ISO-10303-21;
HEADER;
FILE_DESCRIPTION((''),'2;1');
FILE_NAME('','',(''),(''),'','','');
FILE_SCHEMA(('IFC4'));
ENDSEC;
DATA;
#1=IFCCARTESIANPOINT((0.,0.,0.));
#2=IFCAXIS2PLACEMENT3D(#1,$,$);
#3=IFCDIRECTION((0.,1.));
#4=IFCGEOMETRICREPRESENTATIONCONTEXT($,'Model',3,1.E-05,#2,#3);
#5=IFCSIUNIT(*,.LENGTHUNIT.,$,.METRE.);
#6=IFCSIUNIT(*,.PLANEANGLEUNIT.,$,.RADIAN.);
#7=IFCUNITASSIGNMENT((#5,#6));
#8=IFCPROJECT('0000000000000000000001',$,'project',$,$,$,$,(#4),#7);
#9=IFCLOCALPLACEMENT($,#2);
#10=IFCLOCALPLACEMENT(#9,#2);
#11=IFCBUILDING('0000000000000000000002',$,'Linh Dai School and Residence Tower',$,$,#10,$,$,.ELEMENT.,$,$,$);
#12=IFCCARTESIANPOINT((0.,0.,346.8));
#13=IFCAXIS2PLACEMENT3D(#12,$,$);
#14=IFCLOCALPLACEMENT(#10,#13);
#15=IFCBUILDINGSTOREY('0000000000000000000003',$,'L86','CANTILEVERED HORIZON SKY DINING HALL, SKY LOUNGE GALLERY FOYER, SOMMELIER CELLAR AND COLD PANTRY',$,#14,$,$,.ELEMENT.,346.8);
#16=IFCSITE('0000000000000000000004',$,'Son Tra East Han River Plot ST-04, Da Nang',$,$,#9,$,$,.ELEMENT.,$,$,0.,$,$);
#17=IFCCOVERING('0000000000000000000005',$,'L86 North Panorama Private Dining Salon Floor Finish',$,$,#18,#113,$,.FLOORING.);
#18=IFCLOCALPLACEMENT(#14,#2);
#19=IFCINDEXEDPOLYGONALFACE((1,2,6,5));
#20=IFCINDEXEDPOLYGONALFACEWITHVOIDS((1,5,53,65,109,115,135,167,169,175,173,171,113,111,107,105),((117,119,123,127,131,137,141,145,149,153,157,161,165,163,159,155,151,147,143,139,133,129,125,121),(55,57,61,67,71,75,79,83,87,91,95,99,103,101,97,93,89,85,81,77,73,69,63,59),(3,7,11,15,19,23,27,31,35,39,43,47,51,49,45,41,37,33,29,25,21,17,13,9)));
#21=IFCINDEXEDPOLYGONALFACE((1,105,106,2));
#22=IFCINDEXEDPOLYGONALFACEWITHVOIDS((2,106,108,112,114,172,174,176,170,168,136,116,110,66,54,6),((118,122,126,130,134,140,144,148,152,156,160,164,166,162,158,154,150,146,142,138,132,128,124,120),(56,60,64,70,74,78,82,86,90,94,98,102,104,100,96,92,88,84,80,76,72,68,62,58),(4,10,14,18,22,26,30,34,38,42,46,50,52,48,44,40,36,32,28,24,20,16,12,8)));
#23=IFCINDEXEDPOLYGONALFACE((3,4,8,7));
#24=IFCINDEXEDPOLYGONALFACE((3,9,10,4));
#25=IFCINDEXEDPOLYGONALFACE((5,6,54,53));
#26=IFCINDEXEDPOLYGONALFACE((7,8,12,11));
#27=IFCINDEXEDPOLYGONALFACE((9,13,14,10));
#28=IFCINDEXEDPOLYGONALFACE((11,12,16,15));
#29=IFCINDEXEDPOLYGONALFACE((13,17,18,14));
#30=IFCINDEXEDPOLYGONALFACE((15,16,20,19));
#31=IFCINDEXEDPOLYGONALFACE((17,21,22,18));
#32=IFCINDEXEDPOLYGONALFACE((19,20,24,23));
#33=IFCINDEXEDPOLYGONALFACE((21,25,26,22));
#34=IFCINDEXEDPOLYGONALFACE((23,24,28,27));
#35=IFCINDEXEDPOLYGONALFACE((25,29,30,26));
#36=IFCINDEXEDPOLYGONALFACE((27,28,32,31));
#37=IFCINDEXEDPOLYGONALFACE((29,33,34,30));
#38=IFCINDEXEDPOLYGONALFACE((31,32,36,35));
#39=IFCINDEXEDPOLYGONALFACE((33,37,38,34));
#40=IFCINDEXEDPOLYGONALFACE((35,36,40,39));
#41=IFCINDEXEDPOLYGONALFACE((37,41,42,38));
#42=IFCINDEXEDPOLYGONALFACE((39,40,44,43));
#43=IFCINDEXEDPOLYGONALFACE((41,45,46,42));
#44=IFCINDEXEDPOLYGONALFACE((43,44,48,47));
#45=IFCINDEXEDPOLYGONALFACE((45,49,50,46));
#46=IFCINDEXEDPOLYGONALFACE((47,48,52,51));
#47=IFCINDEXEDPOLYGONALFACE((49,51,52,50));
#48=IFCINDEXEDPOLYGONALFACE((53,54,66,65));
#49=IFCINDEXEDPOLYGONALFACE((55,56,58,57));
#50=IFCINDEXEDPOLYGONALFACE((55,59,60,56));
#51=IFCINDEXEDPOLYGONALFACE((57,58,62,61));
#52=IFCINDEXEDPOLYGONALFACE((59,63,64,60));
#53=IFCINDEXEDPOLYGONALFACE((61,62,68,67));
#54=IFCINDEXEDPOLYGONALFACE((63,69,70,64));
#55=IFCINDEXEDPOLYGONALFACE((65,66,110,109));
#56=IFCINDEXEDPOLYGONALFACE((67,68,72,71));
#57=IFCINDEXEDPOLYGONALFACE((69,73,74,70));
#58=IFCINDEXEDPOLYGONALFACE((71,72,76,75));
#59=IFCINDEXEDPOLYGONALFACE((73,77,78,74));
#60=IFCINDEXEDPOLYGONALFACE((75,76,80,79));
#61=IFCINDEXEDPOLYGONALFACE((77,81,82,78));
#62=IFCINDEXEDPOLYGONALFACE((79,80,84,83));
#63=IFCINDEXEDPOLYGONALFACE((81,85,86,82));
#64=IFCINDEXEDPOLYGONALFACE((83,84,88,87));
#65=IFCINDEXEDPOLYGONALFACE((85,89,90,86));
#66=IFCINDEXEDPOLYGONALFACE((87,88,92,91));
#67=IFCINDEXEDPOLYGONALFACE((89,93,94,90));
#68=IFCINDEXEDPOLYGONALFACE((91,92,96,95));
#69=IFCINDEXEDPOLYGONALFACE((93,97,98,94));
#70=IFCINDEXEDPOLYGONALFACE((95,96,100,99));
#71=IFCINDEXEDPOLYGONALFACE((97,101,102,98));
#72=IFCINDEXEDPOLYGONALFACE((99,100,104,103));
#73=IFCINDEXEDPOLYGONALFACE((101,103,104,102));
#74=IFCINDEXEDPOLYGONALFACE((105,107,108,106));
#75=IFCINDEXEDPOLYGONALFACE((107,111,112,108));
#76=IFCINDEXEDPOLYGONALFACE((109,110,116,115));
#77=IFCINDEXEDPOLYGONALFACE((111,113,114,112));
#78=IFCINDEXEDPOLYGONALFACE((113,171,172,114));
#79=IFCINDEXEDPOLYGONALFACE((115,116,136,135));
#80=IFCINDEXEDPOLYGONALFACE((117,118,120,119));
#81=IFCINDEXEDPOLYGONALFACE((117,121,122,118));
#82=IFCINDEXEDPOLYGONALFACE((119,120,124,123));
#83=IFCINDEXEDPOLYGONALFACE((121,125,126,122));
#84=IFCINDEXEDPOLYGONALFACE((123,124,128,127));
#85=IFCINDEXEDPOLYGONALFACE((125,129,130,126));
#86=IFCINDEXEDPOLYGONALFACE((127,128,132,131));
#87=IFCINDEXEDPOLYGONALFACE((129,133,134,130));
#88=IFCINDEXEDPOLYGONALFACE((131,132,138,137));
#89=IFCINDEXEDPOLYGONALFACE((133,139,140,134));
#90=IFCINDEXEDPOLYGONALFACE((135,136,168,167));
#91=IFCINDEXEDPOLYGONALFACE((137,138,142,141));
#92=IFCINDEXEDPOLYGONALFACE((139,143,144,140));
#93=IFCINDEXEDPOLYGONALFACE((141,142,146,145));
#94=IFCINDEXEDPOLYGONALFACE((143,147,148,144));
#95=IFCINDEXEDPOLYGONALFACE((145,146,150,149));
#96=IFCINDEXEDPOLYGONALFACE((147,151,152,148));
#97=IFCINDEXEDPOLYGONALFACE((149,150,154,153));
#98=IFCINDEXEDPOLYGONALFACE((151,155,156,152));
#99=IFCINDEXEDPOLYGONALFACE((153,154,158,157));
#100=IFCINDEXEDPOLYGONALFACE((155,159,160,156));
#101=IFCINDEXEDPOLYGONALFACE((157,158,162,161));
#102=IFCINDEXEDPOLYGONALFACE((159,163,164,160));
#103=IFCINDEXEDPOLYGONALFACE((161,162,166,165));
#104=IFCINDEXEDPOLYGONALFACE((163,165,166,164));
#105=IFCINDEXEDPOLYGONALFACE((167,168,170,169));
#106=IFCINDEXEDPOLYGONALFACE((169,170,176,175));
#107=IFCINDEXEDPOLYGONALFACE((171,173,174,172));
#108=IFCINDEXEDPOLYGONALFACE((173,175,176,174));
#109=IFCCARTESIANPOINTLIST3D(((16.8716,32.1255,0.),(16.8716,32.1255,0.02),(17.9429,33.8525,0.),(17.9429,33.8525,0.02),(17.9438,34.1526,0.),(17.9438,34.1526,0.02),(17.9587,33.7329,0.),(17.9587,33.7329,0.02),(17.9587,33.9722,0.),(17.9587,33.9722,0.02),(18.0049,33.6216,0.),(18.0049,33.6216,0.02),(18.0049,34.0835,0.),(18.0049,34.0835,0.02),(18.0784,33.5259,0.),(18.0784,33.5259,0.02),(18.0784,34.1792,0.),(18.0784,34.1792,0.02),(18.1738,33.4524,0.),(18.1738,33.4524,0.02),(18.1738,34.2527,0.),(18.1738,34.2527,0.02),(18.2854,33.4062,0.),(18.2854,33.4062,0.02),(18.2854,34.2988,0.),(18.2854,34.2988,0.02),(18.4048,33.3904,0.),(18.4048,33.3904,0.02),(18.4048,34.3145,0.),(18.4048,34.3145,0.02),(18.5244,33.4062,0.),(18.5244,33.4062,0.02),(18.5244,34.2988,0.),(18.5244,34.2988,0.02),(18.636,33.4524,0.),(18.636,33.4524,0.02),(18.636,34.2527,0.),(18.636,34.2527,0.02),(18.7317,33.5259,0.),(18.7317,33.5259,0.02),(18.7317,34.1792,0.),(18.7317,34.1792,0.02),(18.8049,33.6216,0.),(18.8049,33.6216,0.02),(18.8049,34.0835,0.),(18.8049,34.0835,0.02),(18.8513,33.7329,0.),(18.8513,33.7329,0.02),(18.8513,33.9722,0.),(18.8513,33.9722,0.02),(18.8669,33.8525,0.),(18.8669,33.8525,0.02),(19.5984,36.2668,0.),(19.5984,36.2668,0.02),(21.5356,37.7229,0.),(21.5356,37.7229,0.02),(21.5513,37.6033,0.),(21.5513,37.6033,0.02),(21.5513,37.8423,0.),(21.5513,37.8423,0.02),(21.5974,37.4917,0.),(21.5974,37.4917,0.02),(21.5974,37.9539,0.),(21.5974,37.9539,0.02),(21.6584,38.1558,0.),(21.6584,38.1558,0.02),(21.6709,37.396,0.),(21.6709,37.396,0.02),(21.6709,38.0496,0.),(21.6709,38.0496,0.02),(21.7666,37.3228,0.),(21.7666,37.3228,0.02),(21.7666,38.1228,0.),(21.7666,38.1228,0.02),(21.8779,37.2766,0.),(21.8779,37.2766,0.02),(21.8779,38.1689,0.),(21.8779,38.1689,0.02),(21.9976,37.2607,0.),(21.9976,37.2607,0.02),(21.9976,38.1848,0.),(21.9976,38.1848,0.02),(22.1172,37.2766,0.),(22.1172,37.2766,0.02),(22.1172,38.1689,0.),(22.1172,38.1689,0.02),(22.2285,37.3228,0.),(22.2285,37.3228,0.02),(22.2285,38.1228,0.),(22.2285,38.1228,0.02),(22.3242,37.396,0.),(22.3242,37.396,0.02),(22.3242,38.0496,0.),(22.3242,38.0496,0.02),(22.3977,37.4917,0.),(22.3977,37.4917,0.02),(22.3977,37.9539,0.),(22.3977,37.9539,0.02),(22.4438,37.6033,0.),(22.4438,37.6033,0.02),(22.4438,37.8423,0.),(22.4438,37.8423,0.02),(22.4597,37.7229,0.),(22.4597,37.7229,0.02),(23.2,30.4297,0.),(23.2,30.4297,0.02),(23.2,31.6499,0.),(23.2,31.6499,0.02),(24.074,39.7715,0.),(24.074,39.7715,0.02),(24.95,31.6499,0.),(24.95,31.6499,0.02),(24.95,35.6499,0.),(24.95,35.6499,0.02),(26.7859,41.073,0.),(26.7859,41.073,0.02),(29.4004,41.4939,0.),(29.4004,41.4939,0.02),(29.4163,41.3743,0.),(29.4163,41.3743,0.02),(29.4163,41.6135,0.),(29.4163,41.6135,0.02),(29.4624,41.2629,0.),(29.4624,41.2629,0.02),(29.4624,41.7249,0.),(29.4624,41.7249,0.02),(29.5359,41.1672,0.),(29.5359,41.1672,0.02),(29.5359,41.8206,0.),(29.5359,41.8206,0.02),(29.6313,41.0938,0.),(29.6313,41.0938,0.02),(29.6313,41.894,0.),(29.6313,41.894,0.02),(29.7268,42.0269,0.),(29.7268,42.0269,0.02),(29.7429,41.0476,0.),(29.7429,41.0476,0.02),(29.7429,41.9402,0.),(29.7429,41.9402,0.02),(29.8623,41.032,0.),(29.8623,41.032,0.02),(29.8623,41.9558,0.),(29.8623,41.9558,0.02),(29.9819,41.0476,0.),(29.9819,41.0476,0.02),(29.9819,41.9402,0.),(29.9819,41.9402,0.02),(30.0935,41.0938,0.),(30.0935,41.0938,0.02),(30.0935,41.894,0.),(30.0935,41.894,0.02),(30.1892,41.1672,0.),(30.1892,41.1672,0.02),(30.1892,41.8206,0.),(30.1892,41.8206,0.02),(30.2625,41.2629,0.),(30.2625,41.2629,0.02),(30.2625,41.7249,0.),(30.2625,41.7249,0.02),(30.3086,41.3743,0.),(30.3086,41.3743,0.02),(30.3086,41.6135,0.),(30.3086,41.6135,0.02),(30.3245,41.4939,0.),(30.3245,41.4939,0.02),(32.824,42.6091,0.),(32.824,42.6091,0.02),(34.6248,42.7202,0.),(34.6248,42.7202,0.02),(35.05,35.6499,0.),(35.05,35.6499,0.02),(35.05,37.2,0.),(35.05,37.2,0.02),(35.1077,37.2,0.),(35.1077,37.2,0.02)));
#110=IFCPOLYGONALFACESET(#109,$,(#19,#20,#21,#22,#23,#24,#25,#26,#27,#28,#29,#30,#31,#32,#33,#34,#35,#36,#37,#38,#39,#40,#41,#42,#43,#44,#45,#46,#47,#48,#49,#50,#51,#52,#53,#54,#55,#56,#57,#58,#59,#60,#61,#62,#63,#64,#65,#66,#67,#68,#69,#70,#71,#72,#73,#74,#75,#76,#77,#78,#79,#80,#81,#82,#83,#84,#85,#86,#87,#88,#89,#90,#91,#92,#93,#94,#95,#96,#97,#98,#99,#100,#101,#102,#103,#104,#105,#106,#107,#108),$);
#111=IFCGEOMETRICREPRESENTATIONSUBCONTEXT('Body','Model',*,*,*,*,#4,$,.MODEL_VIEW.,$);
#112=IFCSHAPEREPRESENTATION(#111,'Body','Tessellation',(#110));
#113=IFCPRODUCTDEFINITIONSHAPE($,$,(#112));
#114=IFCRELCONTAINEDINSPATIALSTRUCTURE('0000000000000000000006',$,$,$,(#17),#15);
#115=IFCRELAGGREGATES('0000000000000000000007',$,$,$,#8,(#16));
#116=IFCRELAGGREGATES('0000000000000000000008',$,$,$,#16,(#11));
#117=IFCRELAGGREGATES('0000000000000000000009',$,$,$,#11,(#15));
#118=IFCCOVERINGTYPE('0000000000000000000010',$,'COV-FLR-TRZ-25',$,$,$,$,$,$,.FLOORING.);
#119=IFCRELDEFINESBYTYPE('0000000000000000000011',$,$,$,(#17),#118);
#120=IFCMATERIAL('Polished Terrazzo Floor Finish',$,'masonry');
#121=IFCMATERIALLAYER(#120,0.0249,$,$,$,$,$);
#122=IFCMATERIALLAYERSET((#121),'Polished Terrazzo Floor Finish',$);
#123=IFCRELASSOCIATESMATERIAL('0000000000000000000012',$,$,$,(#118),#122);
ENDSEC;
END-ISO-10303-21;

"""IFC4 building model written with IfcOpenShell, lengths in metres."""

from ifc_helpers import new_model, si_unit, direction, frame, origin, place, context, subcontext, project, spatial, polyline, outline, extrude, material, layer, layer_set, type_object, element, save


model = new_model("IFC4")

# Units and contexts
model_context = context("Model", 3, precision=1e-05, world=origin(), true_north=direction((0.0, 1.0)))
body_context = subcontext(model_context, "Body", "Model", "MODEL_VIEW")
ifc_project = project(units=[si_unit("LENGTHUNIT", "METRE"), si_unit("PLANEANGLEUNIT", "RADIAN")], contexts=[model_context])

# Site, building, storey
site_placement = place(None, origin())
site = spatial("IfcSite", under=ifc_project, at=site_placement, Name="Son Tra East Han River Plot ST-04, Da Nang", CompositionType="ELEMENT", RefElevation=0.0)
building_placement = place(site_placement, origin())
building = spatial("IfcBuilding", under=site, at=building_placement, Name="Linh Dai School and Residence Tower", CompositionType="ELEMENT")
storey_placement = place(building_placement, frame((0.0, 0.0, 346.8)))
storey = spatial("IfcBuildingStorey", under=building, at=storey_placement, Name="L86", Description="CANTILEVERED HORIZON SKY DINING HALL, SKY LOUNGE GALLERY FOYER, SOMMELIER CELLAR AND COLD PANTRY", CompositionType="ELEMENT", Elevation=346.8)

# Covering
ifc_material_1 = material(Name="Polished Terrazzo Floor Finish", Category="masonry")
ifc_layer_1 = layer(ifc_material_1, 0.0249)
ifc_layer_set_1 = layer_set([ifc_layer_1], Name="Polished Terrazzo Floor Finish")
covering_type_1 = type_object("IfcCoveringType", Name="COV-FLR-TRZ-25", PredefinedType="FLOORING", material=ifc_layer_set_1)
covering_1_placement = place(storey_placement, origin())
element("IfcCovering", 1, at=covering_1_placement, inside=storey, type_object=covering_type_1, Name="L86 North Panorama Private Dining Salon Floor Finish", PredefinedType="FLOORING", context=body_context, shape_type="SweptSolid", body=[
    extrude(outline(polyline([(19.5984, 36.2668), (21.6584, 38.1558), (24.074, 39.7715), (26.7859, 41.073), (29.7268, 42.0269), (32.824, 42.6091), (34.6248, 42.7202), (35.1077, 37.2), (35.05, 37.2), (35.05, 35.6499), (24.95, 35.6499), (24.95, 31.6499), (23.2, 31.6499), (23.2, 30.4297), (16.8716, 32.1255), (17.9438, 34.1526), (19.5984, 36.2668)]), holes=[polyline([(30.2625, 41.2629), (30.3086, 41.3743), (30.3245, 41.4939), (30.3086, 41.6135), (30.2625, 41.7249), (30.1892, 41.8206), (30.0935, 41.894), (29.9819, 41.9402), (29.8623, 41.9558), (29.7429, 41.9402), (29.6313, 41.894), (29.5359, 41.8206), (29.4624, 41.7249), (29.4163, 41.6135), (29.4004, 41.4939), (29.4163, 41.3743), (29.4624, 41.2629), (29.5359, 41.1672), (29.6313, 41.0938), (29.7429, 41.0476), (29.8623, 41.032), (29.9819, 41.0476), (30.0935, 41.0938), (30.1892, 41.1672), (30.2625, 41.2629)]), polyline([(22.3977, 37.4917), (22.4438, 37.6033), (22.4597, 37.7229), (22.4438, 37.8423), (22.3977, 37.9539), (22.3242, 38.0496), (22.2285, 38.1228), (22.1172, 38.1689), (21.9976, 38.1848), (21.8779, 38.1689), (21.7666, 38.1228), (21.6709, 38.0496), (21.5974, 37.9539), (21.5513, 37.8423), (21.5356, 37.7229), (21.5513, 37.6033), (21.5974, 37.4917), (21.6709, 37.396), (21.7666, 37.3228), (21.8779, 37.2766), (21.9976, 37.2607), (22.1172, 37.2766), (22.2285, 37.3228), (22.3242, 37.396), (22.3977, 37.4917)]), polyline([(18.8513, 33.7329), (18.8669, 33.8525), (18.8513, 33.9722), (18.8049, 34.0835), (18.7317, 34.1792), (18.636, 34.2527), (18.5244, 34.2988), (18.4048, 34.3145), (18.2854, 34.2988), (18.1738, 34.2527), (18.0784, 34.1792), (18.0049, 34.0835), (17.9587, 33.9722), (17.9429, 33.8525), (17.9587, 33.7329), (18.0049, 33.6216), (18.0784, 33.5259), (18.1738, 33.4524), (18.2854, 33.4062), (18.4048, 33.3904), (18.5244, 33.4062), (18.636, 33.4524), (18.7317, 33.5259), (18.8049, 33.6216), (18.8513, 33.7329)])]), origin(), (0.0, 0.0, 1.0), 0.02),
])

save(model, "model.ifc")
